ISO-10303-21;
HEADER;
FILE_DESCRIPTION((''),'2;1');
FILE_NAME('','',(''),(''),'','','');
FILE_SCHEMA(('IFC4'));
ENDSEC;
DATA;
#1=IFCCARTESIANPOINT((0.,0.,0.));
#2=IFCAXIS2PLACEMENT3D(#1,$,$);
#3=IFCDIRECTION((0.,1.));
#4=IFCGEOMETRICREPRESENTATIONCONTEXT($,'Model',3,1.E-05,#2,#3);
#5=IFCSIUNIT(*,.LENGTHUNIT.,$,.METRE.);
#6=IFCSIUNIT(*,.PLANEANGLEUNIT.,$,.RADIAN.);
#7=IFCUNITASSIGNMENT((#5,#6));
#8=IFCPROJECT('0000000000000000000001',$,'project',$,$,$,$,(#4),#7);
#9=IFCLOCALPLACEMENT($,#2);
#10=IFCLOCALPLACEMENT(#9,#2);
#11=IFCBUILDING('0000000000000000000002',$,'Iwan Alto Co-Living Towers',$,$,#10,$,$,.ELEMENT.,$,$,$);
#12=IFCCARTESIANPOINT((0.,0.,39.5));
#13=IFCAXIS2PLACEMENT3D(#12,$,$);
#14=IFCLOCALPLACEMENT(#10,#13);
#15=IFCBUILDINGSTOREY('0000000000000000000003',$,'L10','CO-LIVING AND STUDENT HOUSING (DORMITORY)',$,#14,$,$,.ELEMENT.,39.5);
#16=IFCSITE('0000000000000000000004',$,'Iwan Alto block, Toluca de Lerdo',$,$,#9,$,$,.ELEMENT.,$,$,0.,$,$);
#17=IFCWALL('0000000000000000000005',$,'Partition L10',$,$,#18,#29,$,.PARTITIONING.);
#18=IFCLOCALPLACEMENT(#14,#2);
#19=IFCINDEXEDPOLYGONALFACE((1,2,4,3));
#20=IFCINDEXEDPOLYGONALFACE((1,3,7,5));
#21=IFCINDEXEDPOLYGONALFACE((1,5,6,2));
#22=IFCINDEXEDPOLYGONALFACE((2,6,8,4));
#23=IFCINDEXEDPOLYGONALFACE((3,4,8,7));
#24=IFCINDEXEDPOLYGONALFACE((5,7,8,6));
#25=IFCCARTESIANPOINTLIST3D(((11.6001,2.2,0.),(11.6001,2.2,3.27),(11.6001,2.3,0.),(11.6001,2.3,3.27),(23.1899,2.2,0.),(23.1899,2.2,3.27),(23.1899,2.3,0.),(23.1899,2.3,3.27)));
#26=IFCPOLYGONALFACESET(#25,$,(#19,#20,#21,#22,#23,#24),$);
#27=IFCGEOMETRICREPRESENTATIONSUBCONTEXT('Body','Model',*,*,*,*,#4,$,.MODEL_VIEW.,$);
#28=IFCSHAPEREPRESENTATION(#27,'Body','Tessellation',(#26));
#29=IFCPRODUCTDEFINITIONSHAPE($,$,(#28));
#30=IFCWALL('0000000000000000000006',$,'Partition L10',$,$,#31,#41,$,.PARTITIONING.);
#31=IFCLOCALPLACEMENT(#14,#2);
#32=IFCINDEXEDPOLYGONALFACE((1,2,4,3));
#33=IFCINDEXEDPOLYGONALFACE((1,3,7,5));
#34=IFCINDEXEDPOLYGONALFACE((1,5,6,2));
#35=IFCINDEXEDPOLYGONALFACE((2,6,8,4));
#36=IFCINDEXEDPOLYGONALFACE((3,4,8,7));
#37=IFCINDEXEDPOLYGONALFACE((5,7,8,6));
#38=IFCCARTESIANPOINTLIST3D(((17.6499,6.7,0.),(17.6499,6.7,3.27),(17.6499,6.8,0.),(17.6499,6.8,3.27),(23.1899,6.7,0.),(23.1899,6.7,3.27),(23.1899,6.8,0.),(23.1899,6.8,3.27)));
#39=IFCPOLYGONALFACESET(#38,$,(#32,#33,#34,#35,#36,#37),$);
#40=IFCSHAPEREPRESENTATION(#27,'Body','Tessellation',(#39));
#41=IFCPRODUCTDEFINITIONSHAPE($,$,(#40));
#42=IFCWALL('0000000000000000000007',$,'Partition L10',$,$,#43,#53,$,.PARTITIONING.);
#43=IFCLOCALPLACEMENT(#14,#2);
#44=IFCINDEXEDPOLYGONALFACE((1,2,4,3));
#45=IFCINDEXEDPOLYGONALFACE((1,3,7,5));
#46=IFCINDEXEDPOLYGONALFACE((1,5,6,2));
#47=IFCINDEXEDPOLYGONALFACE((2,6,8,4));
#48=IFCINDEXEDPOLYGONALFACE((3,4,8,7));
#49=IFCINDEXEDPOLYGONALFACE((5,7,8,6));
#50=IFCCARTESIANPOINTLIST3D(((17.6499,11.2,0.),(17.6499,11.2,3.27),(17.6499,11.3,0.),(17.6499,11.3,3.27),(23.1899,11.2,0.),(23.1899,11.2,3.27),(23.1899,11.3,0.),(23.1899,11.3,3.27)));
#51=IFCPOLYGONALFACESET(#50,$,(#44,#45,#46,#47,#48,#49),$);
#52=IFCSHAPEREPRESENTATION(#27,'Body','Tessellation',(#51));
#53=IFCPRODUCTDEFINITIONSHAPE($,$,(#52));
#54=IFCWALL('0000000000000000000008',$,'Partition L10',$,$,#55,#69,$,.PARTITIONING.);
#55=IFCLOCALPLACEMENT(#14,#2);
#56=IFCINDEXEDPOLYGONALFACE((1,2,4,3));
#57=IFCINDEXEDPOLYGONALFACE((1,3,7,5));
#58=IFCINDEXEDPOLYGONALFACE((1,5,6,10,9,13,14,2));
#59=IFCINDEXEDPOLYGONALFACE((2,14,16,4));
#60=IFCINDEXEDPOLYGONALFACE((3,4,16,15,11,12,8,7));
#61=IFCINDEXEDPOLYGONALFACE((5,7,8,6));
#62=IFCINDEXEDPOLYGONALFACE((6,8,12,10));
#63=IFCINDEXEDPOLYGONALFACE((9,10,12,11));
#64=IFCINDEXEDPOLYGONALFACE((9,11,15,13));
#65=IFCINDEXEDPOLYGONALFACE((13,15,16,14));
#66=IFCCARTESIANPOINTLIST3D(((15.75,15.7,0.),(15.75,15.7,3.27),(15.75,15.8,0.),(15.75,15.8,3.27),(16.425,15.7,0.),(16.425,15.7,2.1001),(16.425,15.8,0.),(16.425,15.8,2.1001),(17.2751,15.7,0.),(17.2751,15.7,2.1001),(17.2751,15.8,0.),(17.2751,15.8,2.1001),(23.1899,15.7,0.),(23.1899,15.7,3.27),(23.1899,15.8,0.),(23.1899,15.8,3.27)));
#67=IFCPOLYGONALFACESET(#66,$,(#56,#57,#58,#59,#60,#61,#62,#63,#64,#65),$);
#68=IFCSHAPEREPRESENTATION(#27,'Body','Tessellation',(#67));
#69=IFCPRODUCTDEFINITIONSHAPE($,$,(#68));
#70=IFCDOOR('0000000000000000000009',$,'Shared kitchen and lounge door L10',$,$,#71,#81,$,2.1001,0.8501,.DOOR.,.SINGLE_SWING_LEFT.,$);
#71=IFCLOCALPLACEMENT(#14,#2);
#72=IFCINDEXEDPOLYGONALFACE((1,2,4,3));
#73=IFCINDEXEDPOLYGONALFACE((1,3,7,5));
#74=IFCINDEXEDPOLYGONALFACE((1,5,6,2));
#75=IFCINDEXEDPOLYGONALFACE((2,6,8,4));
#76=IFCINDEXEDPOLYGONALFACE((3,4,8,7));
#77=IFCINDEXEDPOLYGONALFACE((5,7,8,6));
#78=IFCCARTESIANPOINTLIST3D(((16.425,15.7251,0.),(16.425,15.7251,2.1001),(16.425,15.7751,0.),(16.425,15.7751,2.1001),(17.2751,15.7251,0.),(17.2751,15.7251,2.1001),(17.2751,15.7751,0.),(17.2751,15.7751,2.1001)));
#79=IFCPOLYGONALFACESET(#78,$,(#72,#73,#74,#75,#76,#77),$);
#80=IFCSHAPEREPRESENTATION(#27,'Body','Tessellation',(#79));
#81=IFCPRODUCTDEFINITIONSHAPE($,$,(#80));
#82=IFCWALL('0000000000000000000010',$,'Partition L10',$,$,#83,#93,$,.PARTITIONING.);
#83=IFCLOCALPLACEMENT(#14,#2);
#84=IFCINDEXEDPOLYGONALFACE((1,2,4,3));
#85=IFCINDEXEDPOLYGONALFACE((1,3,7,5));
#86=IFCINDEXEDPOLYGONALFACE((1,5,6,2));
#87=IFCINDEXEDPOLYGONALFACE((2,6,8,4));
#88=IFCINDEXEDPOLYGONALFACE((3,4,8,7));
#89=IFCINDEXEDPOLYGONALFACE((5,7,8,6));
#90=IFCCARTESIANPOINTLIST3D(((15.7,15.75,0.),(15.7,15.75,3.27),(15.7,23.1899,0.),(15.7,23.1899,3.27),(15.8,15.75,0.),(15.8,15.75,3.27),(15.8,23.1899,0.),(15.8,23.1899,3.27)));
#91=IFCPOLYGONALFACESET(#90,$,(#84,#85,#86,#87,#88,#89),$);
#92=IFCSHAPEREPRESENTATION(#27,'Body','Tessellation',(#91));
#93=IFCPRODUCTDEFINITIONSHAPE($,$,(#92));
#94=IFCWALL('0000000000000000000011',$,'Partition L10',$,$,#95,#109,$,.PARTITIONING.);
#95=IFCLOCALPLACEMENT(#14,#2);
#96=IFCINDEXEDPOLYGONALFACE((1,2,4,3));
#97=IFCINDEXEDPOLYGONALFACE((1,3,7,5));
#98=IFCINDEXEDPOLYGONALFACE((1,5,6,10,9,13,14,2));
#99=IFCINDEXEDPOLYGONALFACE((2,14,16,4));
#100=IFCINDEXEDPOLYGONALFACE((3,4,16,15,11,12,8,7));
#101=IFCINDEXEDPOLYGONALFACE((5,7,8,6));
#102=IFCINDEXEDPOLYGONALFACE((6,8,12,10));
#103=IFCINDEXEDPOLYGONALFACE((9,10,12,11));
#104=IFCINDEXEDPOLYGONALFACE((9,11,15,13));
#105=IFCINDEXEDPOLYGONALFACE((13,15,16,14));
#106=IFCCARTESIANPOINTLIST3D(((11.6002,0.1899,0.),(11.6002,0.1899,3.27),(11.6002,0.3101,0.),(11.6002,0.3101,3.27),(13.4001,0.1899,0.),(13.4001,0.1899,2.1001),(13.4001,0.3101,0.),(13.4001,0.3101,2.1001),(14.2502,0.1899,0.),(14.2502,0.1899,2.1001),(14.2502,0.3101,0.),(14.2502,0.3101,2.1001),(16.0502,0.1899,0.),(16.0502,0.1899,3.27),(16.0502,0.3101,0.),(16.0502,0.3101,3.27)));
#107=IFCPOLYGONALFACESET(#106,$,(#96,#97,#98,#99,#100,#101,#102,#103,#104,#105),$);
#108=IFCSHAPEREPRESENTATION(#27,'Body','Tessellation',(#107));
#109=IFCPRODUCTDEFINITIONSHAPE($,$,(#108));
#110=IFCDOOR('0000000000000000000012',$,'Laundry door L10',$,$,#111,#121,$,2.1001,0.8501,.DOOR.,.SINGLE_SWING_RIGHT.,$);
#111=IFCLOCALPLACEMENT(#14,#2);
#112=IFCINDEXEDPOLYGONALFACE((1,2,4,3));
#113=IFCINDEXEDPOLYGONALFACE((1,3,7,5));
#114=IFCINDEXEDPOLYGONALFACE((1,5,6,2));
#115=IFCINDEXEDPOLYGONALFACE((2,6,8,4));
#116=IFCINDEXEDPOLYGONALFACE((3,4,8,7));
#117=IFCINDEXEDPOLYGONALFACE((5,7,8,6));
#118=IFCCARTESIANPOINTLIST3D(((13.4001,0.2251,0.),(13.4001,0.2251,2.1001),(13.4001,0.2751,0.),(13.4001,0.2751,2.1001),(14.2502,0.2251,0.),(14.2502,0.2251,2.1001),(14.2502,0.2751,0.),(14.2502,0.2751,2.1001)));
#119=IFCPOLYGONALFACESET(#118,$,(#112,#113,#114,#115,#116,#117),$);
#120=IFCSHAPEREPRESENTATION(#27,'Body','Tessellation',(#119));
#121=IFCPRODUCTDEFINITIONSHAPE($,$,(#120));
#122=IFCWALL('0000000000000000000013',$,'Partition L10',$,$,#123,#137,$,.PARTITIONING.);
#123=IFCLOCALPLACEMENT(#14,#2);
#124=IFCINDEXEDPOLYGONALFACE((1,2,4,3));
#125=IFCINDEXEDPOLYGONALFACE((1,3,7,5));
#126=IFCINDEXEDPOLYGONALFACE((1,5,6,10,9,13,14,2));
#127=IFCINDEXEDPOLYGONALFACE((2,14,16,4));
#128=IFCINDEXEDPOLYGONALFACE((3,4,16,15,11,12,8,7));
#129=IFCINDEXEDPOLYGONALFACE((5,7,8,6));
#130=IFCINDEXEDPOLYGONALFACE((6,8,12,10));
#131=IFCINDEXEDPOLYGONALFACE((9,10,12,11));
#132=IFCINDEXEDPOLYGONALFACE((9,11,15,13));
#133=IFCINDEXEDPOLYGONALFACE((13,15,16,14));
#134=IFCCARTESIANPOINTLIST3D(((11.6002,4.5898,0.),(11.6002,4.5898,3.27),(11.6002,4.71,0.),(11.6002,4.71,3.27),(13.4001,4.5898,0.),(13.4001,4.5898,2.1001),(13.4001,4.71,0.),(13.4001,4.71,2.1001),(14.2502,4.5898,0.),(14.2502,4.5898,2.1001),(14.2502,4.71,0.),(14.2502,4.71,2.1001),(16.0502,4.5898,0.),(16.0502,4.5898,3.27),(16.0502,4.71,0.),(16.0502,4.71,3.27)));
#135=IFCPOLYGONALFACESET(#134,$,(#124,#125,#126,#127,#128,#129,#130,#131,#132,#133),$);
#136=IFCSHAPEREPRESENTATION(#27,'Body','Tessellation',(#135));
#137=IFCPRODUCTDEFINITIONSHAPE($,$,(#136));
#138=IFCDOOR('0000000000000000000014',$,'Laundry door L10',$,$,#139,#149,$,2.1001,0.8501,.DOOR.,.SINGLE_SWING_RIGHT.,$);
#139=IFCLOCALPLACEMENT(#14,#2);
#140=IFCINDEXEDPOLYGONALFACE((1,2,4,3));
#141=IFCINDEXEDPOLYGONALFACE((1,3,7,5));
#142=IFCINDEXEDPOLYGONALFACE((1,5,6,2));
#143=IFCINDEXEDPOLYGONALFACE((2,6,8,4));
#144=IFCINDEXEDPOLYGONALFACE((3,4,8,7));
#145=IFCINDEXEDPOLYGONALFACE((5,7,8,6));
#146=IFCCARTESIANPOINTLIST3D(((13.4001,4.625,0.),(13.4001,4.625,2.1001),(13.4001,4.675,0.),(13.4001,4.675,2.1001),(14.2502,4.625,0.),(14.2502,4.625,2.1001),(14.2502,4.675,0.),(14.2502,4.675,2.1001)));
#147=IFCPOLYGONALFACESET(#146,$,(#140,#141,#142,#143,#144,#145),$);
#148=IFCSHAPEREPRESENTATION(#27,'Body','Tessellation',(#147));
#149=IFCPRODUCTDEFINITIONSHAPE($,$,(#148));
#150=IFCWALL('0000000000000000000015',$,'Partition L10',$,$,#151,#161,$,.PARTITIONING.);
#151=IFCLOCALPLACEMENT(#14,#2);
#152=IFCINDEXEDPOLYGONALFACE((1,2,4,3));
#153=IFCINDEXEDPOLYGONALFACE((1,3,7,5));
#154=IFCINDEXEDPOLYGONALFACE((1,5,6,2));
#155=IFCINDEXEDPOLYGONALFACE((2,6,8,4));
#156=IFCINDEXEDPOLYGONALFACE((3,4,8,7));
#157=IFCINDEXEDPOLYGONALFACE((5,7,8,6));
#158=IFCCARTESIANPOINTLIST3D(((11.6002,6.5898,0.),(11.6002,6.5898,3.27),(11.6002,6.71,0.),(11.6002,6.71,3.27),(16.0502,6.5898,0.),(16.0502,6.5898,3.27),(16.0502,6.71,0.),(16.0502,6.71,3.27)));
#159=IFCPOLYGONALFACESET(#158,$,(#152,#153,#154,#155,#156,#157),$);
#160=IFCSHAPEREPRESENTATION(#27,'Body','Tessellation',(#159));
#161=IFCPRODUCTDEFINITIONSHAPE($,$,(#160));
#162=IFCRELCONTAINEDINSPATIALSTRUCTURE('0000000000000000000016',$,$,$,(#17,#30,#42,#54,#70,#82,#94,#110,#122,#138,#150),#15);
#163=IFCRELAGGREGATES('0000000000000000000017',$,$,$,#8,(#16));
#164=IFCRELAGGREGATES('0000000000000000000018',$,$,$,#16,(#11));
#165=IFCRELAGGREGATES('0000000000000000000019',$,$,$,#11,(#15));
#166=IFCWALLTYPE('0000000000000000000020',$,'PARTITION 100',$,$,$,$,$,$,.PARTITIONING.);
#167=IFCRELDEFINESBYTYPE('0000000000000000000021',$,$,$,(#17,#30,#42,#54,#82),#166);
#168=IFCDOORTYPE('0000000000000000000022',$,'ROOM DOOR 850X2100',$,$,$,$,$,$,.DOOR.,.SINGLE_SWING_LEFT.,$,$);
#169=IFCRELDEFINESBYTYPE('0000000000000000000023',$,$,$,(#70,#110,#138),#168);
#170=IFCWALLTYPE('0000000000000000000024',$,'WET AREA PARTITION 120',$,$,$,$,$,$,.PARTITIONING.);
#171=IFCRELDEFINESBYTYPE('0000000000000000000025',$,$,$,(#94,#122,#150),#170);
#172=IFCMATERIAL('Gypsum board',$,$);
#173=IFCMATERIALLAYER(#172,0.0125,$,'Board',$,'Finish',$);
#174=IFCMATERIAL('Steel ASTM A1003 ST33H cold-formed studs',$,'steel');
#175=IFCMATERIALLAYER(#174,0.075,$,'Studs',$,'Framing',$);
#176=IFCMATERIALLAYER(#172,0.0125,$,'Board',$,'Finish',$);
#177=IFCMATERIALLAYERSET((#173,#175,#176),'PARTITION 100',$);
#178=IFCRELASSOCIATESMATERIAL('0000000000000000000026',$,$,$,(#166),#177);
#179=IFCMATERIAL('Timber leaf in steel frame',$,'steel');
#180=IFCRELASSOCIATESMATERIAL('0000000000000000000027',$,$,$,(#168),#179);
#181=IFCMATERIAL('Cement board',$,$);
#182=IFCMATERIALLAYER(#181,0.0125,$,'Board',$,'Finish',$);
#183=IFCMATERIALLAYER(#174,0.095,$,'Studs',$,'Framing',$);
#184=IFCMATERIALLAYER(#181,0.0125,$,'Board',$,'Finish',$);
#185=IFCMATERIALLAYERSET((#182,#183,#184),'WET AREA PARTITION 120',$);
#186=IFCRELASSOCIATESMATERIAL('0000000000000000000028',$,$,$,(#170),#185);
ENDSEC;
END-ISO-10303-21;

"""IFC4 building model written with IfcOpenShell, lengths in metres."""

from ifc_helpers import new_model, si_unit, direction, frame, frame_2d, origin, place, context, subcontext, project, spatial, rectangle, extrude, material, layer, layer_set, type_object, element, fill, save


model = new_model("IFC4")

# Units and contexts
model_context = context("Model", 3, precision=1e-05, world=origin(), true_north=direction((0.0, 1.0)))
body_context = subcontext(model_context, "Body", "Model", "MODEL_VIEW")
ifc_project = project(units=[si_unit("LENGTHUNIT", "METRE"), si_unit("PLANEANGLEUNIT", "RADIAN")], contexts=[model_context])

# Site, building, storey
site_placement = place(None, origin())
site = spatial("IfcSite", under=ifc_project, at=site_placement, Name="Iwan Alto block, Toluca de Lerdo", CompositionType="ELEMENT", RefElevation=0.0)
building_placement = place(site_placement, origin())
building = spatial("IfcBuilding", under=site, at=building_placement, Name="Iwan Alto Co-Living Towers", CompositionType="ELEMENT")
storey_placement = place(building_placement, frame((0.0, 0.0, 39.5)))
storey = spatial("IfcBuildingStorey", under=building, at=storey_placement, Name="L10", Description="CO-LIVING AND STUDENT HOUSING (DORMITORY)", CompositionType="ELEMENT", Elevation=39.5)

# Walls
ifc_material_1 = material(Name="Gypsum board")
ifc_layer_1 = layer(ifc_material_1, 0.0125, Name="Board", Category="Finish")
ifc_material_2 = material(Name="Steel ASTM A1003 ST33H cold-formed studs", Category="steel")
ifc_layer_2 = layer(ifc_material_2, 0.075, Name="Studs", Category="Framing")
ifc_layer_3 = layer(ifc_material_1, 0.0125, Name="Board", Category="Finish")
ifc_layer_set_1 = layer_set([ifc_layer_1, ifc_layer_2, ifc_layer_3], Name="PARTITION 100")
wall_type_1 = type_object("IfcWallType", Name="PARTITION 100", PredefinedType="PARTITIONING", material=ifc_layer_set_1)
wall_1_placement = place(storey_placement, frame((11.6001, 2.25, 0.0), z_axis=(0.0, 0.0, 1.0), x_axis=(1.0, 0.0, 0.0)))
element("IfcWall", 1, at=wall_1_placement, inside=storey, type_object=wall_type_1, Name="Partition L10", PredefinedType="PARTITIONING", context=body_context, shape_type="SweptSolid", body=[
    extrude(rectangle(XDim=11.5898, YDim=0.1001, at=frame_2d((5.7949, 0.0))), origin(), (0.0, 0.0, 1.0), 3.27),
])
for number, where, z_axis, x_axis, name in (
    (2, (17.6499, 6.75, 0.0), (0.0, 0.0, 1.0), (1.0, 0.0, 0.0), "Partition L10"),
    (3, (17.6499, 11.25, 0.0), (0.0, 0.0, 1.0), (1.0, 0.0, 0.0), "Partition L10"),
):
    element("IfcWall", number, at=place(storey_placement, frame(where, z_axis=z_axis, x_axis=x_axis)), inside=storey, type_object=wall_type_1, Name=name, PredefinedType="PARTITIONING", context=body_context, shape_type="SweptSolid", body=[
        extrude(rectangle(XDim=5.54, YDim=0.1001, at=frame_2d((2.77, 0.0))), origin(), (0.0, 0.0, 1.0), 3.27),
    ])

# Wall, opening, door
wall_2_placement = place(storey_placement, frame((15.75, 15.75, 0.0), z_axis=(0.0, 0.0, 1.0), x_axis=(1.0, 0.0, 0.0)))
wall_2 = element("IfcWall", 4, at=wall_2_placement, inside=storey, type_object=wall_type_1, Name="Partition L10", PredefinedType="PARTITIONING", context=body_context, shape_type="SweptSolid", body=[
    extrude(rectangle(XDim=7.4399, YDim=0.1001, at=frame_2d((3.72, 0.0))), origin(), (0.0, 0.0, 1.0), 3.27),
])
opening_1_placement = place(wall_2_placement, frame((0.675, 0.0, 0.0)))
opening_1 = element("IfcOpeningElement", 5, at=opening_1_placement, cuts=wall_2, PredefinedType="OPENING", context=body_context, shape_type="SweptSolid", body=[
    extrude(rectangle(XDim=0.8501, YDim=2.1001, at=frame_2d((0.425, 1.05))), frame((0.0, 0.0601, 0.0), z_axis=(0.0, -1.0, 0.0), x_axis=(1.0, 0.0, 0.0)), (0.0, 0.0, 1.0), 0.1201),
])
ifc_material_3 = material(Name="Timber leaf in steel frame", Category="steel")
door_type = type_object("IfcDoorType", Name="ROOM DOOR 850X2100", OperationType="SINGLE_SWING_LEFT", PredefinedType="DOOR", material=ifc_material_3)
door_1_placement = place(opening_1_placement, frame((0.8501, 0.0, 0.0), z_axis=(0.0, 0.0, 1.0), x_axis=(-1.0, 0.0, 0.0)))
door_1 = element("IfcDoor", 6, at=door_1_placement, inside=storey, type_object=door_type, Name="Shared kitchen and lounge door L10", OperationType="SINGLE_SWING_LEFT", OverallHeight=2.1001, OverallWidth=0.8501, PredefinedType="DOOR", context=body_context, shape_type="SweptSolid", body=[
    extrude(rectangle(XDim=0.8501, YDim=2.1001, at=frame_2d((0.425, 1.05))), frame((0.0, 0.0249, 0.0), z_axis=(0.0, -1.0, 0.0), x_axis=(1.0, 0.0, 0.0)), (0.0, 0.0, 1.0), 0.05),
])
fill(opening_1, door_1)

# Wall
wall_3_placement = place(storey_placement, frame((15.75, 15.75, 0.0), z_axis=(0.0, 0.0, 1.0), x_axis=(0.0, 1.0, 0.0)))
element("IfcWall", 7, at=wall_3_placement, inside=storey, type_object=wall_type_1, Name="Partition L10", PredefinedType="PARTITIONING", context=body_context, shape_type="SweptSolid", body=[
    extrude(rectangle(XDim=7.4399, YDim=0.1001, at=frame_2d((3.72, 0.0))), origin(), (0.0, 0.0, 1.0), 3.27),
])

# Walls, openings, doors
ifc_material_4 = material(Name="Cement board")
ifc_layer_4 = layer(ifc_material_4, 0.0125, Name="Board", Category="Finish")
ifc_layer_5 = layer(ifc_material_2, 0.095, Name="Studs", Category="Framing")
ifc_layer_6 = layer(ifc_material_4, 0.0125, Name="Board", Category="Finish")
ifc_layer_set_2 = layer_set([ifc_layer_4, ifc_layer_5, ifc_layer_6], Name="WET AREA PARTITION 120")
wall_type_2 = type_object("IfcWallType", Name="WET AREA PARTITION 120", PredefinedType="PARTITIONING", material=ifc_layer_set_2)
wall_4_placement = place(storey_placement, frame((11.6001, 0.25, 0.0), z_axis=(0.0, 0.0, 1.0), x_axis=(1.0, 0.0, 0.0)))
wall_4 = element("IfcWall", 8, at=wall_4_placement, inside=storey, type_object=wall_type_2, Name="Partition L10", PredefinedType="PARTITIONING", context=body_context, shape_type="SweptSolid", body=[
    extrude(rectangle(XDim=4.45, YDim=0.1201, at=frame_2d((2.2251, 0.0))), origin(), (0.0, 0.0, 1.0), 3.27),
])
opening_2_placement = place(wall_4_placement, frame((1.8, 0.0, 0.0)))
opening_2 = element("IfcOpeningElement", 9, at=opening_2_placement, cuts=wall_4, PredefinedType="OPENING", context=body_context, shape_type="SweptSolid", body=[
    extrude(rectangle(XDim=0.8501, YDim=2.1001, at=frame_2d((0.425, 1.05))), frame((0.0, 0.0701, 0.0), z_axis=(0.0, -1.0, 0.0), x_axis=(1.0, 0.0, 0.0)), (0.0, 0.0, 1.0), 0.1401),
])
door_2_placement = place(opening_2_placement, frame((0.8501, 0.0, 0.0), z_axis=(0.0, 0.0, 1.0), x_axis=(-1.0, 0.0, 0.0)))
door_2 = element("IfcDoor", 10, at=door_2_placement, inside=storey, type_object=door_type, Name="Laundry door L10", OperationType="SINGLE_SWING_RIGHT", OverallHeight=2.1001, OverallWidth=0.8501, PredefinedType="DOOR", context=body_context, shape_type="SweptSolid", body=[
    extrude(rectangle(XDim=0.8501, YDim=2.1001, at=frame_2d((0.425, 1.05))), frame((0.0, 0.0249, 0.0), z_axis=(0.0, -1.0, 0.0), x_axis=(1.0, 0.0, 0.0)), (0.0, 0.0, 1.0), 0.05),
])
fill(opening_2, door_2)
wall_5_placement = place(storey_placement, frame((11.6001, 4.6499, 0.0), z_axis=(0.0, 0.0, 1.0), x_axis=(1.0, 0.0, 0.0)))
wall_5 = element("IfcWall", 11, at=wall_5_placement, inside=storey, type_object=wall_type_2, Name="Partition L10", PredefinedType="PARTITIONING", context=body_context, shape_type="SweptSolid", body=[
    extrude(rectangle(XDim=4.45, YDim=0.1201, at=frame_2d((2.2251, 0.0))), origin(), (0.0, 0.0, 1.0), 3.27),
])
opening_3_placement = place(wall_5_placement, frame((1.8, 0.0, 0.0)))
opening_3 = element("IfcOpeningElement", 12, at=opening_3_placement, cuts=wall_5, PredefinedType="OPENING", context=body_context, shape_type="SweptSolid", body=[
    extrude(rectangle(XDim=0.8501, YDim=2.1001, at=frame_2d((0.425, 1.05))), frame((0.0, 0.0701, 0.0), z_axis=(0.0, -1.0, 0.0), x_axis=(1.0, 0.0, 0.0)), (0.0, 0.0, 1.0), 0.1401),
])
door_3_placement = place(opening_3_placement, frame((0.8501, 0.0, 0.0), z_axis=(0.0, 0.0, 1.0), x_axis=(-1.0, 0.0, 0.0)))
door_3 = element("IfcDoor", 13, at=door_3_placement, inside=storey, type_object=door_type, Name="Laundry door L10", OperationType="SINGLE_SWING_RIGHT", OverallHeight=2.1001, OverallWidth=0.8501, PredefinedType="DOOR", context=body_context, shape_type="SweptSolid", body=[
    extrude(rectangle(XDim=0.8501, YDim=2.1001, at=frame_2d((0.425, 1.05))), frame((0.0, 0.0249, 0.0), z_axis=(0.0, -1.0, 0.0), x_axis=(1.0, 0.0, 0.0)), (0.0, 0.0, 1.0), 0.05),
])
fill(opening_3, door_3)

# Wall
wall_6_placement = place(storey_placement, frame((11.6001, 6.6499, 0.0), z_axis=(0.0, 0.0, 1.0), x_axis=(1.0, 0.0, 0.0)))
element("IfcWall", 14, at=wall_6_placement, inside=storey, type_object=wall_type_2, Name="Partition L10", PredefinedType="PARTITIONING", context=body_context, shape_type="SweptSolid", body=[
    extrude(rectangle(XDim=4.45, YDim=0.1201, at=frame_2d((2.2251, 0.0))), origin(), (0.0, 0.0, 1.0), 3.27),
])

save(model, "model.ifc")
